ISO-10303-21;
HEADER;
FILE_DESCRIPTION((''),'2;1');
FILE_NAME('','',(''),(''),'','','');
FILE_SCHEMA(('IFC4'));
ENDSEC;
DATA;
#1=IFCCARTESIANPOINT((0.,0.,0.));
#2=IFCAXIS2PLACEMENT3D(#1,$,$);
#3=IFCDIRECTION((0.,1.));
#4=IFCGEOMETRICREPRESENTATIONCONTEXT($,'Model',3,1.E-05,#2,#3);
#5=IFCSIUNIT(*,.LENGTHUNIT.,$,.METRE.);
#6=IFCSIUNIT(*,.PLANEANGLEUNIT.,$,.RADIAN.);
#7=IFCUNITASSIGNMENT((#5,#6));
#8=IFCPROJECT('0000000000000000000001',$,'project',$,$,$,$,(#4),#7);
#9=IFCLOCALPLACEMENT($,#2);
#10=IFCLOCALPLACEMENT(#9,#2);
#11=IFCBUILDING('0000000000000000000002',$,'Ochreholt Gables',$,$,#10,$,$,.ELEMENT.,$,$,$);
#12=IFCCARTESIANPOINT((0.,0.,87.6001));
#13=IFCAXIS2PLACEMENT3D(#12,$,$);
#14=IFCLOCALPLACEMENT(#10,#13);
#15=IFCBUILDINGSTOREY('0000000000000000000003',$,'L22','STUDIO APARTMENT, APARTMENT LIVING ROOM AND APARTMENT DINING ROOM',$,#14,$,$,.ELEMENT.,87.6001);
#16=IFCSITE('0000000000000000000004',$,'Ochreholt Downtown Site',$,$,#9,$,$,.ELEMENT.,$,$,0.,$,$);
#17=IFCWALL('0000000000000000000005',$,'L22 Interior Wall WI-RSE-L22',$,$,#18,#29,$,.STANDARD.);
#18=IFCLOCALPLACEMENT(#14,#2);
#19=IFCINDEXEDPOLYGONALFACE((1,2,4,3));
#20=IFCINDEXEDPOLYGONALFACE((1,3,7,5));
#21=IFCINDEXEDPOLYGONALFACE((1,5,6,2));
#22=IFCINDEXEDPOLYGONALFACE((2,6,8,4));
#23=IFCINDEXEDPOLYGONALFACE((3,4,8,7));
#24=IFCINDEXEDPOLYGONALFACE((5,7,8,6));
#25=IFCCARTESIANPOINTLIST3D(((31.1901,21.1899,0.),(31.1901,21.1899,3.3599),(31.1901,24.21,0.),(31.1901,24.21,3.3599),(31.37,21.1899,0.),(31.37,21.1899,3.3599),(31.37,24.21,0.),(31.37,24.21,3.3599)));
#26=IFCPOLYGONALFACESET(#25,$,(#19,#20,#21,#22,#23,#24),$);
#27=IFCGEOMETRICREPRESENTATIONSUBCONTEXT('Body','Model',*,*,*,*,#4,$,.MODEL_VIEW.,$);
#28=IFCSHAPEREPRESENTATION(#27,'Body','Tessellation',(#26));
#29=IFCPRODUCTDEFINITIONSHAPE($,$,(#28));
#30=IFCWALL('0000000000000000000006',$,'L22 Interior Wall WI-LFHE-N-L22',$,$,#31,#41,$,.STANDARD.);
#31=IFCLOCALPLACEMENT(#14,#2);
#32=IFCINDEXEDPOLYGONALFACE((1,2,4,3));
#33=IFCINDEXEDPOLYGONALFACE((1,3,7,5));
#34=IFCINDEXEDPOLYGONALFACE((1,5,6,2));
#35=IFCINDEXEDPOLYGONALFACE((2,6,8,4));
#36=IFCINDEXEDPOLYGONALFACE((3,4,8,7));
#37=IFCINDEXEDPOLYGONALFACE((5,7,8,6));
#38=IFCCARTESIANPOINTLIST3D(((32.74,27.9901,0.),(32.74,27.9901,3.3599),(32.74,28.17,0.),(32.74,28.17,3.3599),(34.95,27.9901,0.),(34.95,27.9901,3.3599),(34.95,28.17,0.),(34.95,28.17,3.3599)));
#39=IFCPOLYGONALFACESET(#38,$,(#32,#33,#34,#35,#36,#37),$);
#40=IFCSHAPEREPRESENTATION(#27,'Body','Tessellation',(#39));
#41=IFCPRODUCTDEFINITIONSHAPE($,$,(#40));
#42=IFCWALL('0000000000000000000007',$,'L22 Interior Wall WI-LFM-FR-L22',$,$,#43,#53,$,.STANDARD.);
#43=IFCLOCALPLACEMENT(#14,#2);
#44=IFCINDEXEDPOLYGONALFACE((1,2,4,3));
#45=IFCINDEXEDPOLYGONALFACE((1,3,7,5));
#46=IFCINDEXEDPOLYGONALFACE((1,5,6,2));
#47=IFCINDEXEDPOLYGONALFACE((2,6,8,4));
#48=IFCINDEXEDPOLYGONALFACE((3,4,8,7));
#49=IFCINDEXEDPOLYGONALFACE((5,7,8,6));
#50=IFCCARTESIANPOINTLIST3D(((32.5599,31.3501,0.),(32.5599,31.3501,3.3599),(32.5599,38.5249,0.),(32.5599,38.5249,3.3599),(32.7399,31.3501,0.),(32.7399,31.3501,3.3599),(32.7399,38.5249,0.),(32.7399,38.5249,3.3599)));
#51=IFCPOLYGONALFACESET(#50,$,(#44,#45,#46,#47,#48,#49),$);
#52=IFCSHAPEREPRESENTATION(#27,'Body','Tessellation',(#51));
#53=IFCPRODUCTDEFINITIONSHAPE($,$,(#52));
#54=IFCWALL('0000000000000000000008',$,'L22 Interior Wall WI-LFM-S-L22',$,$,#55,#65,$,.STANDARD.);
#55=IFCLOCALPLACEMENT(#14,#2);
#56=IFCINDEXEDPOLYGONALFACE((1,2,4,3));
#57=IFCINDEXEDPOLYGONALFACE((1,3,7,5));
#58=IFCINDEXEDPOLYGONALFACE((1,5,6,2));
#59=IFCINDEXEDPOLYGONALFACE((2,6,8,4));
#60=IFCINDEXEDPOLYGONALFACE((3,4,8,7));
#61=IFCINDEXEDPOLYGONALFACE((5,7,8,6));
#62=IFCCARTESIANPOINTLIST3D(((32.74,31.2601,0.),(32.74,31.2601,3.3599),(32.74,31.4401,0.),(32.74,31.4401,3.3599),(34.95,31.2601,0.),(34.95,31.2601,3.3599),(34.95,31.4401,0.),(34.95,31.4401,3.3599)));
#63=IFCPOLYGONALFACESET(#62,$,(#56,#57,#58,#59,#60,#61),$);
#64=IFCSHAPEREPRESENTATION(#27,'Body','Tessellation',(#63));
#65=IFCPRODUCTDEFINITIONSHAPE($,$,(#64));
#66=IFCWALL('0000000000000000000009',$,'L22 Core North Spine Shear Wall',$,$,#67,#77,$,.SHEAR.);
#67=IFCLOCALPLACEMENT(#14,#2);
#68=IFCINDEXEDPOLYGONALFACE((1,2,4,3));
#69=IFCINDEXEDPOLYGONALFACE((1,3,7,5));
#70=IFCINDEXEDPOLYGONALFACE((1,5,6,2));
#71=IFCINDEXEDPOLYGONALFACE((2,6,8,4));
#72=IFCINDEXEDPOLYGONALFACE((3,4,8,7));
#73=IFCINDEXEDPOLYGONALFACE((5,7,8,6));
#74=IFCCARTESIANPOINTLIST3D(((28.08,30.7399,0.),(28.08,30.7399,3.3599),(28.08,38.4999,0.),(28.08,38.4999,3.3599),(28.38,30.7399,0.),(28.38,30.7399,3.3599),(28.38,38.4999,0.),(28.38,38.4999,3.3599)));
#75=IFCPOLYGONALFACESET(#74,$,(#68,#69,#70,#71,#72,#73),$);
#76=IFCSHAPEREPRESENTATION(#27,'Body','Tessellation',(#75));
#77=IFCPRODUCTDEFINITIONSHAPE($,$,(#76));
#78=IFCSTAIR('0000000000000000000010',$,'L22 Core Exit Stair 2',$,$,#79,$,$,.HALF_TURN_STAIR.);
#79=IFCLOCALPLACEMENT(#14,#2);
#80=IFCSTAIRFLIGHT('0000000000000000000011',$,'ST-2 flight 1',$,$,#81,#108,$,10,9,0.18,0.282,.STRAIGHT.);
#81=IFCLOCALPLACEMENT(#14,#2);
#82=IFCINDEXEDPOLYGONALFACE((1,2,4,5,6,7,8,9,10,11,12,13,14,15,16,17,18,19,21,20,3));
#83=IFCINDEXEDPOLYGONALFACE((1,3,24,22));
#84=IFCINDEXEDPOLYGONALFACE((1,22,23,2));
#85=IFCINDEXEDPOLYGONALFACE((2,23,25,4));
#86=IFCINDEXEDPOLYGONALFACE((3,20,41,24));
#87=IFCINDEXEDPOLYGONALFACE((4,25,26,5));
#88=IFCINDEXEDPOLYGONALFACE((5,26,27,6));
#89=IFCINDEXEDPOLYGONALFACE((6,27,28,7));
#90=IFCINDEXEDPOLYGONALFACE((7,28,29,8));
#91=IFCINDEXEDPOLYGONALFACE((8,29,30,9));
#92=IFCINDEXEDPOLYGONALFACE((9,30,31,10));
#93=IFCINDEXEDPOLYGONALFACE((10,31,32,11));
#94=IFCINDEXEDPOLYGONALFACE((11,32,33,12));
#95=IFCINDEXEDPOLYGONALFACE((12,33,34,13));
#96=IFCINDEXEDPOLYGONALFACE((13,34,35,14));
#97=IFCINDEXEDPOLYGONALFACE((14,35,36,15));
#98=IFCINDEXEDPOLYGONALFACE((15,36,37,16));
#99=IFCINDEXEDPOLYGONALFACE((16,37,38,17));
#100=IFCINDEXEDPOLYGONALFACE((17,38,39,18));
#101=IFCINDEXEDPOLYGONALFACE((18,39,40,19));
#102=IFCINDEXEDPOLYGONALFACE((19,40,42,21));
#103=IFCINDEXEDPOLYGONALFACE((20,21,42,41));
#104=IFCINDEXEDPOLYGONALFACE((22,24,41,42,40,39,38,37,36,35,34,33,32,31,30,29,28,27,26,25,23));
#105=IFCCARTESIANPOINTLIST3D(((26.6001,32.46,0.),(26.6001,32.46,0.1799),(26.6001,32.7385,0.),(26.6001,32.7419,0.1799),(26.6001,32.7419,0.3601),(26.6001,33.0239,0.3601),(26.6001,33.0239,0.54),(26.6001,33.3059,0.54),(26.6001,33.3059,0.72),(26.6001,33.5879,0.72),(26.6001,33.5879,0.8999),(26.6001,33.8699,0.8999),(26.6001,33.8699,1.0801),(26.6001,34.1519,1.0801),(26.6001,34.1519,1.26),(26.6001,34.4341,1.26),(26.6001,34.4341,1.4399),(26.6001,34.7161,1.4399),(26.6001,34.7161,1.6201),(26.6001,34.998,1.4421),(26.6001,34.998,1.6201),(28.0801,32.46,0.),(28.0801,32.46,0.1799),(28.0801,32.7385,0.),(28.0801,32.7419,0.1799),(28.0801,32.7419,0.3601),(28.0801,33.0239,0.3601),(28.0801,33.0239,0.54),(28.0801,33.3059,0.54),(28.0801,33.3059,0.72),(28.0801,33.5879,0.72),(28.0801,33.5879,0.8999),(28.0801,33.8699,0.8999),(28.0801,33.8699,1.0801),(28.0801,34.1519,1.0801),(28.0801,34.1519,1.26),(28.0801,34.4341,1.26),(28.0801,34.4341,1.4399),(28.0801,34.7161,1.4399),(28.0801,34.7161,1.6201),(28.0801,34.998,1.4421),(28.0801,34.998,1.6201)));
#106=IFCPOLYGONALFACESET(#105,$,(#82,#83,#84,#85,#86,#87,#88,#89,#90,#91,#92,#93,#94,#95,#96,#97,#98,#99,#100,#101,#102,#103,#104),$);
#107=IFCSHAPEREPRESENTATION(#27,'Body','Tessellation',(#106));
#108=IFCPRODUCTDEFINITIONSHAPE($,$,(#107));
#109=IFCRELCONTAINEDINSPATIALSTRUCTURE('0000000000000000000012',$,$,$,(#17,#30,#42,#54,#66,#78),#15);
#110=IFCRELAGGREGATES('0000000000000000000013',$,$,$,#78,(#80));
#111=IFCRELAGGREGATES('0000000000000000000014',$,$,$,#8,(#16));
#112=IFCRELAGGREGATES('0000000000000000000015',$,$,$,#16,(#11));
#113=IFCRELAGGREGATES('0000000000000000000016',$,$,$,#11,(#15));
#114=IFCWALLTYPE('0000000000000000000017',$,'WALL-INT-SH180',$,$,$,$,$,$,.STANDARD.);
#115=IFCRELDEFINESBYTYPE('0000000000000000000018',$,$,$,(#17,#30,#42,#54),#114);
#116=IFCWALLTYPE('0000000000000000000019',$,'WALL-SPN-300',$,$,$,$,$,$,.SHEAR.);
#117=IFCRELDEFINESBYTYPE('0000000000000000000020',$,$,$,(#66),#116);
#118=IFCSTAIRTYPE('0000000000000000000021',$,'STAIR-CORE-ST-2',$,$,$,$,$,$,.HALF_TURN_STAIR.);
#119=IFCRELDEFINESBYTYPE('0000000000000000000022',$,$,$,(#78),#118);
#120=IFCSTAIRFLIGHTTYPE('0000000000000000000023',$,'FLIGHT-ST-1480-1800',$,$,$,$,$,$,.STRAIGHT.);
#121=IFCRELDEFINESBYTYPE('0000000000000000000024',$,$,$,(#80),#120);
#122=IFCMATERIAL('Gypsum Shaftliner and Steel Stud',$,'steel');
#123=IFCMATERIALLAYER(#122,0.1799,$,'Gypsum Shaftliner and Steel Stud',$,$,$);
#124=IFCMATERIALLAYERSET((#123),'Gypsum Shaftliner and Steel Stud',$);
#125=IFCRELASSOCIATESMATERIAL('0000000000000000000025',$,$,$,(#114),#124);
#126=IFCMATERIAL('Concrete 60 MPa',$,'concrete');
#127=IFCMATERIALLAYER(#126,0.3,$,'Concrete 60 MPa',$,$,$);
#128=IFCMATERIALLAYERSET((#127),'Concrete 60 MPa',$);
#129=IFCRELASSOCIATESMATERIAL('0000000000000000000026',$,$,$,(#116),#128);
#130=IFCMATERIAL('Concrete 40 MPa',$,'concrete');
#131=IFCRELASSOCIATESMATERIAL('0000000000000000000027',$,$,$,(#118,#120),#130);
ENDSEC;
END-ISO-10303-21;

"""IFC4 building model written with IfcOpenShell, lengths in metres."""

from ifc_helpers import new_model, si_unit, direction, frame, frame_2d, origin, place, context, subcontext, project, spatial, polyline, rectangle, outline, extrude, material, layer, layer_set, type_object, element, aggregate, save


model = new_model("IFC4")

# Units and contexts
model_context = context("Model", 3, precision=1e-05, world=origin(), true_north=direction((0.0, 1.0)))
body_context = subcontext(model_context, "Body", "Model", "MODEL_VIEW")
ifc_project = project(units=[si_unit("LENGTHUNIT", "METRE"), si_unit("PLANEANGLEUNIT", "RADIAN")], contexts=[model_context])

# Site, building, storey
site_placement = place(None, origin())
site = spatial("IfcSite", under=ifc_project, at=site_placement, Name="Ochreholt Downtown Site", CompositionType="ELEMENT", RefElevation=0.0)
building_placement = place(site_placement, origin())
building = spatial("IfcBuilding", under=site, at=building_placement, Name="Ochreholt Gables", CompositionType="ELEMENT")
storey_placement = place(building_placement, frame((0.0, 0.0, 87.6001)))
storey = spatial("IfcBuildingStorey", under=building, at=storey_placement, Name="L22", Description="STUDIO APARTMENT, APARTMENT LIVING ROOM AND APARTMENT DINING ROOM", CompositionType="ELEMENT", Elevation=87.6001)

# Shared definitions
ifc_material_1 = material(Name="Concrete 60 MPa", Category="concrete")

# Shared definitions
ifc_material_2 = material(Name="Concrete 40 MPa", Category="concrete")

# Walls
ifc_material_3 = material(Name="Gypsum Shaftliner and Steel Stud", Category="steel")
ifc_layer_1 = layer(ifc_material_3, 0.1799, Name="Gypsum Shaftliner and Steel Stud")
ifc_layer_set_1 = layer_set([ifc_layer_1], Name="Gypsum Shaftliner and Steel Stud")
wall_type_1 = type_object("IfcWallType", Name="WALL-INT-SH180", PredefinedType="STANDARD", material=ifc_layer_set_1)
for number, where, z_axis, x_axis, name in (
    (1, (31.28, 21.1899, 0.0), (0.0, 0.0, 1.0), (0.0, 1.0, 0.0), "L22 Interior Wall WI-RSE-L22"),
):
    element("IfcWall", number, at=place(storey_placement, frame(where, z_axis=z_axis, x_axis=x_axis)), inside=storey, type_object=wall_type_1, Name=name, PredefinedType="STANDARD", context=body_context, shape_type="SweptSolid", body=[
        extrude(rectangle(XDim=3.02, YDim=0.1799, at=frame_2d((1.51, 0.0))), origin(), (0.0, 0.0, 1.0), 3.3599),
    ])
wall_1_placement = place(storey_placement, frame((32.74, 28.0801, 0.0), z_axis=(0.0, 0.0, 1.0), x_axis=(1.0, 0.0, 0.0)))
element("IfcWall", 2, at=wall_1_placement, inside=storey, type_object=wall_type_1, Name="L22 Interior Wall WI-LFHE-N-L22", PredefinedType="STANDARD", context=body_context, shape_type="SweptSolid", body=[
    extrude(rectangle(XDim=2.21, YDim=0.1799, at=frame_2d((1.105, 0.0))), origin(), (0.0, 0.0, 1.0), 3.3599),
])
wall_2_placement = place(storey_placement, frame((32.6499, 31.3501, 0.0), z_axis=(0.0, 0.0, 1.0), x_axis=(0.0, 1.0, 0.0)))
element("IfcWall", 3, at=wall_2_placement, inside=storey, type_object=wall_type_1, Name="L22 Interior Wall WI-LFM-FR-L22", PredefinedType="STANDARD", context=body_context, shape_type="SweptSolid", body=[
    extrude(rectangle(XDim=7.1748, YDim=0.1799, at=frame_2d((3.5874, 0.0))), origin(), (0.0, 0.0, 1.0), 3.3599),
])
wall_3_placement = place(storey_placement, frame((32.74, 31.3501, 0.0), z_axis=(0.0, 0.0, 1.0), x_axis=(1.0, 0.0, 0.0)))
element("IfcWall", 4, at=wall_3_placement, inside=storey, type_object=wall_type_1, Name="L22 Interior Wall WI-LFM-S-L22", PredefinedType="STANDARD", context=body_context, shape_type="SweptSolid", body=[
    extrude(rectangle(XDim=2.21, YDim=0.1799, at=frame_2d((1.105, 0.0))), origin(), (0.0, 0.0, 1.0), 3.3599),
])
ifc_layer_2 = layer(ifc_material_1, 0.3, Name="Concrete 60 MPa")
ifc_layer_set_2 = layer_set([ifc_layer_2], Name="Concrete 60 MPa")
wall_type_2 = type_object("IfcWallType", Name="WALL-SPN-300", PredefinedType="SHEAR", material=ifc_layer_set_2)
wall_4_placement = place(storey_placement, frame((28.23, 30.74, 0.0), z_axis=(0.0, 0.0, 1.0), x_axis=(0.0, 1.0, 0.0)))
element("IfcWall", 5, at=wall_4_placement, inside=storey, type_object=wall_type_2, Name="L22 Core North Spine Shear Wall", PredefinedType="SHEAR", context=body_context, shape_type="SweptSolid", body=[
    extrude(rectangle(XDim=7.76, YDim=0.3, at=frame_2d((3.8799, 0.0))), origin(), (0.0, 0.0, 1.0), 3.3599),
])

# Stair, stair flight
stair_type = type_object("IfcStairType", Name="STAIR-CORE-ST-2", PredefinedType="HALF_TURN_STAIR", material=ifc_material_2)
stair_placement = place(storey_placement, origin())
stair = element("IfcStair", 6, at=stair_placement, inside=storey, type_object=stair_type, Name="L22 Core Exit Stair 2", PredefinedType="HALF_TURN_STAIR")
stair_flight_type = type_object("IfcStairFlightType", Name="FLIGHT-ST-1480-1800", PredefinedType="STRAIGHT", material=ifc_material_2)
stair_flight_placement = place(storey_placement, frame((27.3401, 32.46, 0.0), z_axis=(0.0, 0.0, 1.0), x_axis=(0.0, 1.0, 0.0)))
stair_flight = element("IfcStairFlight", 7, at=stair_flight_placement, type_object=stair_flight_type, Name="ST-2 flight 1", NumberOfRisers=10, NumberOfTreads=9, PredefinedType="STRAIGHT", RiserHeight=0.18, TreadLength=0.282, context=body_context, shape_type="SweptSolid", body=[
    extrude(outline(polyline([(0.0, 0.0), (0.0, 0.1799), (0.282, 0.1799), (0.282, 0.3601), (0.564, 0.3601), (0.564, 0.54), (0.8459, 0.54), (0.8459, 0.72), (1.1279, 0.72), (1.1279, 0.8999), (1.4099, 0.8999), (1.4099, 1.0801), (1.6919, 1.0801), (1.6919, 1.26), (1.9741, 1.26), (1.9741, 1.4399), (2.2561, 1.4399), (2.2561, 1.6201), (2.5381, 1.6201), (2.5381, 1.8), (2.5381, 1.4421), (0.2786, 0.0), (0.0, 0.0)])), frame((0.0, 0.74, 0.0), z_axis=(0.0, -1.0, 0.0), x_axis=(1.0, 0.0, 0.0)), (0.0, 0.0, 1.0), 1.48),
])
aggregate(stair, [stair_flight])

save(model, "model.ifc")
